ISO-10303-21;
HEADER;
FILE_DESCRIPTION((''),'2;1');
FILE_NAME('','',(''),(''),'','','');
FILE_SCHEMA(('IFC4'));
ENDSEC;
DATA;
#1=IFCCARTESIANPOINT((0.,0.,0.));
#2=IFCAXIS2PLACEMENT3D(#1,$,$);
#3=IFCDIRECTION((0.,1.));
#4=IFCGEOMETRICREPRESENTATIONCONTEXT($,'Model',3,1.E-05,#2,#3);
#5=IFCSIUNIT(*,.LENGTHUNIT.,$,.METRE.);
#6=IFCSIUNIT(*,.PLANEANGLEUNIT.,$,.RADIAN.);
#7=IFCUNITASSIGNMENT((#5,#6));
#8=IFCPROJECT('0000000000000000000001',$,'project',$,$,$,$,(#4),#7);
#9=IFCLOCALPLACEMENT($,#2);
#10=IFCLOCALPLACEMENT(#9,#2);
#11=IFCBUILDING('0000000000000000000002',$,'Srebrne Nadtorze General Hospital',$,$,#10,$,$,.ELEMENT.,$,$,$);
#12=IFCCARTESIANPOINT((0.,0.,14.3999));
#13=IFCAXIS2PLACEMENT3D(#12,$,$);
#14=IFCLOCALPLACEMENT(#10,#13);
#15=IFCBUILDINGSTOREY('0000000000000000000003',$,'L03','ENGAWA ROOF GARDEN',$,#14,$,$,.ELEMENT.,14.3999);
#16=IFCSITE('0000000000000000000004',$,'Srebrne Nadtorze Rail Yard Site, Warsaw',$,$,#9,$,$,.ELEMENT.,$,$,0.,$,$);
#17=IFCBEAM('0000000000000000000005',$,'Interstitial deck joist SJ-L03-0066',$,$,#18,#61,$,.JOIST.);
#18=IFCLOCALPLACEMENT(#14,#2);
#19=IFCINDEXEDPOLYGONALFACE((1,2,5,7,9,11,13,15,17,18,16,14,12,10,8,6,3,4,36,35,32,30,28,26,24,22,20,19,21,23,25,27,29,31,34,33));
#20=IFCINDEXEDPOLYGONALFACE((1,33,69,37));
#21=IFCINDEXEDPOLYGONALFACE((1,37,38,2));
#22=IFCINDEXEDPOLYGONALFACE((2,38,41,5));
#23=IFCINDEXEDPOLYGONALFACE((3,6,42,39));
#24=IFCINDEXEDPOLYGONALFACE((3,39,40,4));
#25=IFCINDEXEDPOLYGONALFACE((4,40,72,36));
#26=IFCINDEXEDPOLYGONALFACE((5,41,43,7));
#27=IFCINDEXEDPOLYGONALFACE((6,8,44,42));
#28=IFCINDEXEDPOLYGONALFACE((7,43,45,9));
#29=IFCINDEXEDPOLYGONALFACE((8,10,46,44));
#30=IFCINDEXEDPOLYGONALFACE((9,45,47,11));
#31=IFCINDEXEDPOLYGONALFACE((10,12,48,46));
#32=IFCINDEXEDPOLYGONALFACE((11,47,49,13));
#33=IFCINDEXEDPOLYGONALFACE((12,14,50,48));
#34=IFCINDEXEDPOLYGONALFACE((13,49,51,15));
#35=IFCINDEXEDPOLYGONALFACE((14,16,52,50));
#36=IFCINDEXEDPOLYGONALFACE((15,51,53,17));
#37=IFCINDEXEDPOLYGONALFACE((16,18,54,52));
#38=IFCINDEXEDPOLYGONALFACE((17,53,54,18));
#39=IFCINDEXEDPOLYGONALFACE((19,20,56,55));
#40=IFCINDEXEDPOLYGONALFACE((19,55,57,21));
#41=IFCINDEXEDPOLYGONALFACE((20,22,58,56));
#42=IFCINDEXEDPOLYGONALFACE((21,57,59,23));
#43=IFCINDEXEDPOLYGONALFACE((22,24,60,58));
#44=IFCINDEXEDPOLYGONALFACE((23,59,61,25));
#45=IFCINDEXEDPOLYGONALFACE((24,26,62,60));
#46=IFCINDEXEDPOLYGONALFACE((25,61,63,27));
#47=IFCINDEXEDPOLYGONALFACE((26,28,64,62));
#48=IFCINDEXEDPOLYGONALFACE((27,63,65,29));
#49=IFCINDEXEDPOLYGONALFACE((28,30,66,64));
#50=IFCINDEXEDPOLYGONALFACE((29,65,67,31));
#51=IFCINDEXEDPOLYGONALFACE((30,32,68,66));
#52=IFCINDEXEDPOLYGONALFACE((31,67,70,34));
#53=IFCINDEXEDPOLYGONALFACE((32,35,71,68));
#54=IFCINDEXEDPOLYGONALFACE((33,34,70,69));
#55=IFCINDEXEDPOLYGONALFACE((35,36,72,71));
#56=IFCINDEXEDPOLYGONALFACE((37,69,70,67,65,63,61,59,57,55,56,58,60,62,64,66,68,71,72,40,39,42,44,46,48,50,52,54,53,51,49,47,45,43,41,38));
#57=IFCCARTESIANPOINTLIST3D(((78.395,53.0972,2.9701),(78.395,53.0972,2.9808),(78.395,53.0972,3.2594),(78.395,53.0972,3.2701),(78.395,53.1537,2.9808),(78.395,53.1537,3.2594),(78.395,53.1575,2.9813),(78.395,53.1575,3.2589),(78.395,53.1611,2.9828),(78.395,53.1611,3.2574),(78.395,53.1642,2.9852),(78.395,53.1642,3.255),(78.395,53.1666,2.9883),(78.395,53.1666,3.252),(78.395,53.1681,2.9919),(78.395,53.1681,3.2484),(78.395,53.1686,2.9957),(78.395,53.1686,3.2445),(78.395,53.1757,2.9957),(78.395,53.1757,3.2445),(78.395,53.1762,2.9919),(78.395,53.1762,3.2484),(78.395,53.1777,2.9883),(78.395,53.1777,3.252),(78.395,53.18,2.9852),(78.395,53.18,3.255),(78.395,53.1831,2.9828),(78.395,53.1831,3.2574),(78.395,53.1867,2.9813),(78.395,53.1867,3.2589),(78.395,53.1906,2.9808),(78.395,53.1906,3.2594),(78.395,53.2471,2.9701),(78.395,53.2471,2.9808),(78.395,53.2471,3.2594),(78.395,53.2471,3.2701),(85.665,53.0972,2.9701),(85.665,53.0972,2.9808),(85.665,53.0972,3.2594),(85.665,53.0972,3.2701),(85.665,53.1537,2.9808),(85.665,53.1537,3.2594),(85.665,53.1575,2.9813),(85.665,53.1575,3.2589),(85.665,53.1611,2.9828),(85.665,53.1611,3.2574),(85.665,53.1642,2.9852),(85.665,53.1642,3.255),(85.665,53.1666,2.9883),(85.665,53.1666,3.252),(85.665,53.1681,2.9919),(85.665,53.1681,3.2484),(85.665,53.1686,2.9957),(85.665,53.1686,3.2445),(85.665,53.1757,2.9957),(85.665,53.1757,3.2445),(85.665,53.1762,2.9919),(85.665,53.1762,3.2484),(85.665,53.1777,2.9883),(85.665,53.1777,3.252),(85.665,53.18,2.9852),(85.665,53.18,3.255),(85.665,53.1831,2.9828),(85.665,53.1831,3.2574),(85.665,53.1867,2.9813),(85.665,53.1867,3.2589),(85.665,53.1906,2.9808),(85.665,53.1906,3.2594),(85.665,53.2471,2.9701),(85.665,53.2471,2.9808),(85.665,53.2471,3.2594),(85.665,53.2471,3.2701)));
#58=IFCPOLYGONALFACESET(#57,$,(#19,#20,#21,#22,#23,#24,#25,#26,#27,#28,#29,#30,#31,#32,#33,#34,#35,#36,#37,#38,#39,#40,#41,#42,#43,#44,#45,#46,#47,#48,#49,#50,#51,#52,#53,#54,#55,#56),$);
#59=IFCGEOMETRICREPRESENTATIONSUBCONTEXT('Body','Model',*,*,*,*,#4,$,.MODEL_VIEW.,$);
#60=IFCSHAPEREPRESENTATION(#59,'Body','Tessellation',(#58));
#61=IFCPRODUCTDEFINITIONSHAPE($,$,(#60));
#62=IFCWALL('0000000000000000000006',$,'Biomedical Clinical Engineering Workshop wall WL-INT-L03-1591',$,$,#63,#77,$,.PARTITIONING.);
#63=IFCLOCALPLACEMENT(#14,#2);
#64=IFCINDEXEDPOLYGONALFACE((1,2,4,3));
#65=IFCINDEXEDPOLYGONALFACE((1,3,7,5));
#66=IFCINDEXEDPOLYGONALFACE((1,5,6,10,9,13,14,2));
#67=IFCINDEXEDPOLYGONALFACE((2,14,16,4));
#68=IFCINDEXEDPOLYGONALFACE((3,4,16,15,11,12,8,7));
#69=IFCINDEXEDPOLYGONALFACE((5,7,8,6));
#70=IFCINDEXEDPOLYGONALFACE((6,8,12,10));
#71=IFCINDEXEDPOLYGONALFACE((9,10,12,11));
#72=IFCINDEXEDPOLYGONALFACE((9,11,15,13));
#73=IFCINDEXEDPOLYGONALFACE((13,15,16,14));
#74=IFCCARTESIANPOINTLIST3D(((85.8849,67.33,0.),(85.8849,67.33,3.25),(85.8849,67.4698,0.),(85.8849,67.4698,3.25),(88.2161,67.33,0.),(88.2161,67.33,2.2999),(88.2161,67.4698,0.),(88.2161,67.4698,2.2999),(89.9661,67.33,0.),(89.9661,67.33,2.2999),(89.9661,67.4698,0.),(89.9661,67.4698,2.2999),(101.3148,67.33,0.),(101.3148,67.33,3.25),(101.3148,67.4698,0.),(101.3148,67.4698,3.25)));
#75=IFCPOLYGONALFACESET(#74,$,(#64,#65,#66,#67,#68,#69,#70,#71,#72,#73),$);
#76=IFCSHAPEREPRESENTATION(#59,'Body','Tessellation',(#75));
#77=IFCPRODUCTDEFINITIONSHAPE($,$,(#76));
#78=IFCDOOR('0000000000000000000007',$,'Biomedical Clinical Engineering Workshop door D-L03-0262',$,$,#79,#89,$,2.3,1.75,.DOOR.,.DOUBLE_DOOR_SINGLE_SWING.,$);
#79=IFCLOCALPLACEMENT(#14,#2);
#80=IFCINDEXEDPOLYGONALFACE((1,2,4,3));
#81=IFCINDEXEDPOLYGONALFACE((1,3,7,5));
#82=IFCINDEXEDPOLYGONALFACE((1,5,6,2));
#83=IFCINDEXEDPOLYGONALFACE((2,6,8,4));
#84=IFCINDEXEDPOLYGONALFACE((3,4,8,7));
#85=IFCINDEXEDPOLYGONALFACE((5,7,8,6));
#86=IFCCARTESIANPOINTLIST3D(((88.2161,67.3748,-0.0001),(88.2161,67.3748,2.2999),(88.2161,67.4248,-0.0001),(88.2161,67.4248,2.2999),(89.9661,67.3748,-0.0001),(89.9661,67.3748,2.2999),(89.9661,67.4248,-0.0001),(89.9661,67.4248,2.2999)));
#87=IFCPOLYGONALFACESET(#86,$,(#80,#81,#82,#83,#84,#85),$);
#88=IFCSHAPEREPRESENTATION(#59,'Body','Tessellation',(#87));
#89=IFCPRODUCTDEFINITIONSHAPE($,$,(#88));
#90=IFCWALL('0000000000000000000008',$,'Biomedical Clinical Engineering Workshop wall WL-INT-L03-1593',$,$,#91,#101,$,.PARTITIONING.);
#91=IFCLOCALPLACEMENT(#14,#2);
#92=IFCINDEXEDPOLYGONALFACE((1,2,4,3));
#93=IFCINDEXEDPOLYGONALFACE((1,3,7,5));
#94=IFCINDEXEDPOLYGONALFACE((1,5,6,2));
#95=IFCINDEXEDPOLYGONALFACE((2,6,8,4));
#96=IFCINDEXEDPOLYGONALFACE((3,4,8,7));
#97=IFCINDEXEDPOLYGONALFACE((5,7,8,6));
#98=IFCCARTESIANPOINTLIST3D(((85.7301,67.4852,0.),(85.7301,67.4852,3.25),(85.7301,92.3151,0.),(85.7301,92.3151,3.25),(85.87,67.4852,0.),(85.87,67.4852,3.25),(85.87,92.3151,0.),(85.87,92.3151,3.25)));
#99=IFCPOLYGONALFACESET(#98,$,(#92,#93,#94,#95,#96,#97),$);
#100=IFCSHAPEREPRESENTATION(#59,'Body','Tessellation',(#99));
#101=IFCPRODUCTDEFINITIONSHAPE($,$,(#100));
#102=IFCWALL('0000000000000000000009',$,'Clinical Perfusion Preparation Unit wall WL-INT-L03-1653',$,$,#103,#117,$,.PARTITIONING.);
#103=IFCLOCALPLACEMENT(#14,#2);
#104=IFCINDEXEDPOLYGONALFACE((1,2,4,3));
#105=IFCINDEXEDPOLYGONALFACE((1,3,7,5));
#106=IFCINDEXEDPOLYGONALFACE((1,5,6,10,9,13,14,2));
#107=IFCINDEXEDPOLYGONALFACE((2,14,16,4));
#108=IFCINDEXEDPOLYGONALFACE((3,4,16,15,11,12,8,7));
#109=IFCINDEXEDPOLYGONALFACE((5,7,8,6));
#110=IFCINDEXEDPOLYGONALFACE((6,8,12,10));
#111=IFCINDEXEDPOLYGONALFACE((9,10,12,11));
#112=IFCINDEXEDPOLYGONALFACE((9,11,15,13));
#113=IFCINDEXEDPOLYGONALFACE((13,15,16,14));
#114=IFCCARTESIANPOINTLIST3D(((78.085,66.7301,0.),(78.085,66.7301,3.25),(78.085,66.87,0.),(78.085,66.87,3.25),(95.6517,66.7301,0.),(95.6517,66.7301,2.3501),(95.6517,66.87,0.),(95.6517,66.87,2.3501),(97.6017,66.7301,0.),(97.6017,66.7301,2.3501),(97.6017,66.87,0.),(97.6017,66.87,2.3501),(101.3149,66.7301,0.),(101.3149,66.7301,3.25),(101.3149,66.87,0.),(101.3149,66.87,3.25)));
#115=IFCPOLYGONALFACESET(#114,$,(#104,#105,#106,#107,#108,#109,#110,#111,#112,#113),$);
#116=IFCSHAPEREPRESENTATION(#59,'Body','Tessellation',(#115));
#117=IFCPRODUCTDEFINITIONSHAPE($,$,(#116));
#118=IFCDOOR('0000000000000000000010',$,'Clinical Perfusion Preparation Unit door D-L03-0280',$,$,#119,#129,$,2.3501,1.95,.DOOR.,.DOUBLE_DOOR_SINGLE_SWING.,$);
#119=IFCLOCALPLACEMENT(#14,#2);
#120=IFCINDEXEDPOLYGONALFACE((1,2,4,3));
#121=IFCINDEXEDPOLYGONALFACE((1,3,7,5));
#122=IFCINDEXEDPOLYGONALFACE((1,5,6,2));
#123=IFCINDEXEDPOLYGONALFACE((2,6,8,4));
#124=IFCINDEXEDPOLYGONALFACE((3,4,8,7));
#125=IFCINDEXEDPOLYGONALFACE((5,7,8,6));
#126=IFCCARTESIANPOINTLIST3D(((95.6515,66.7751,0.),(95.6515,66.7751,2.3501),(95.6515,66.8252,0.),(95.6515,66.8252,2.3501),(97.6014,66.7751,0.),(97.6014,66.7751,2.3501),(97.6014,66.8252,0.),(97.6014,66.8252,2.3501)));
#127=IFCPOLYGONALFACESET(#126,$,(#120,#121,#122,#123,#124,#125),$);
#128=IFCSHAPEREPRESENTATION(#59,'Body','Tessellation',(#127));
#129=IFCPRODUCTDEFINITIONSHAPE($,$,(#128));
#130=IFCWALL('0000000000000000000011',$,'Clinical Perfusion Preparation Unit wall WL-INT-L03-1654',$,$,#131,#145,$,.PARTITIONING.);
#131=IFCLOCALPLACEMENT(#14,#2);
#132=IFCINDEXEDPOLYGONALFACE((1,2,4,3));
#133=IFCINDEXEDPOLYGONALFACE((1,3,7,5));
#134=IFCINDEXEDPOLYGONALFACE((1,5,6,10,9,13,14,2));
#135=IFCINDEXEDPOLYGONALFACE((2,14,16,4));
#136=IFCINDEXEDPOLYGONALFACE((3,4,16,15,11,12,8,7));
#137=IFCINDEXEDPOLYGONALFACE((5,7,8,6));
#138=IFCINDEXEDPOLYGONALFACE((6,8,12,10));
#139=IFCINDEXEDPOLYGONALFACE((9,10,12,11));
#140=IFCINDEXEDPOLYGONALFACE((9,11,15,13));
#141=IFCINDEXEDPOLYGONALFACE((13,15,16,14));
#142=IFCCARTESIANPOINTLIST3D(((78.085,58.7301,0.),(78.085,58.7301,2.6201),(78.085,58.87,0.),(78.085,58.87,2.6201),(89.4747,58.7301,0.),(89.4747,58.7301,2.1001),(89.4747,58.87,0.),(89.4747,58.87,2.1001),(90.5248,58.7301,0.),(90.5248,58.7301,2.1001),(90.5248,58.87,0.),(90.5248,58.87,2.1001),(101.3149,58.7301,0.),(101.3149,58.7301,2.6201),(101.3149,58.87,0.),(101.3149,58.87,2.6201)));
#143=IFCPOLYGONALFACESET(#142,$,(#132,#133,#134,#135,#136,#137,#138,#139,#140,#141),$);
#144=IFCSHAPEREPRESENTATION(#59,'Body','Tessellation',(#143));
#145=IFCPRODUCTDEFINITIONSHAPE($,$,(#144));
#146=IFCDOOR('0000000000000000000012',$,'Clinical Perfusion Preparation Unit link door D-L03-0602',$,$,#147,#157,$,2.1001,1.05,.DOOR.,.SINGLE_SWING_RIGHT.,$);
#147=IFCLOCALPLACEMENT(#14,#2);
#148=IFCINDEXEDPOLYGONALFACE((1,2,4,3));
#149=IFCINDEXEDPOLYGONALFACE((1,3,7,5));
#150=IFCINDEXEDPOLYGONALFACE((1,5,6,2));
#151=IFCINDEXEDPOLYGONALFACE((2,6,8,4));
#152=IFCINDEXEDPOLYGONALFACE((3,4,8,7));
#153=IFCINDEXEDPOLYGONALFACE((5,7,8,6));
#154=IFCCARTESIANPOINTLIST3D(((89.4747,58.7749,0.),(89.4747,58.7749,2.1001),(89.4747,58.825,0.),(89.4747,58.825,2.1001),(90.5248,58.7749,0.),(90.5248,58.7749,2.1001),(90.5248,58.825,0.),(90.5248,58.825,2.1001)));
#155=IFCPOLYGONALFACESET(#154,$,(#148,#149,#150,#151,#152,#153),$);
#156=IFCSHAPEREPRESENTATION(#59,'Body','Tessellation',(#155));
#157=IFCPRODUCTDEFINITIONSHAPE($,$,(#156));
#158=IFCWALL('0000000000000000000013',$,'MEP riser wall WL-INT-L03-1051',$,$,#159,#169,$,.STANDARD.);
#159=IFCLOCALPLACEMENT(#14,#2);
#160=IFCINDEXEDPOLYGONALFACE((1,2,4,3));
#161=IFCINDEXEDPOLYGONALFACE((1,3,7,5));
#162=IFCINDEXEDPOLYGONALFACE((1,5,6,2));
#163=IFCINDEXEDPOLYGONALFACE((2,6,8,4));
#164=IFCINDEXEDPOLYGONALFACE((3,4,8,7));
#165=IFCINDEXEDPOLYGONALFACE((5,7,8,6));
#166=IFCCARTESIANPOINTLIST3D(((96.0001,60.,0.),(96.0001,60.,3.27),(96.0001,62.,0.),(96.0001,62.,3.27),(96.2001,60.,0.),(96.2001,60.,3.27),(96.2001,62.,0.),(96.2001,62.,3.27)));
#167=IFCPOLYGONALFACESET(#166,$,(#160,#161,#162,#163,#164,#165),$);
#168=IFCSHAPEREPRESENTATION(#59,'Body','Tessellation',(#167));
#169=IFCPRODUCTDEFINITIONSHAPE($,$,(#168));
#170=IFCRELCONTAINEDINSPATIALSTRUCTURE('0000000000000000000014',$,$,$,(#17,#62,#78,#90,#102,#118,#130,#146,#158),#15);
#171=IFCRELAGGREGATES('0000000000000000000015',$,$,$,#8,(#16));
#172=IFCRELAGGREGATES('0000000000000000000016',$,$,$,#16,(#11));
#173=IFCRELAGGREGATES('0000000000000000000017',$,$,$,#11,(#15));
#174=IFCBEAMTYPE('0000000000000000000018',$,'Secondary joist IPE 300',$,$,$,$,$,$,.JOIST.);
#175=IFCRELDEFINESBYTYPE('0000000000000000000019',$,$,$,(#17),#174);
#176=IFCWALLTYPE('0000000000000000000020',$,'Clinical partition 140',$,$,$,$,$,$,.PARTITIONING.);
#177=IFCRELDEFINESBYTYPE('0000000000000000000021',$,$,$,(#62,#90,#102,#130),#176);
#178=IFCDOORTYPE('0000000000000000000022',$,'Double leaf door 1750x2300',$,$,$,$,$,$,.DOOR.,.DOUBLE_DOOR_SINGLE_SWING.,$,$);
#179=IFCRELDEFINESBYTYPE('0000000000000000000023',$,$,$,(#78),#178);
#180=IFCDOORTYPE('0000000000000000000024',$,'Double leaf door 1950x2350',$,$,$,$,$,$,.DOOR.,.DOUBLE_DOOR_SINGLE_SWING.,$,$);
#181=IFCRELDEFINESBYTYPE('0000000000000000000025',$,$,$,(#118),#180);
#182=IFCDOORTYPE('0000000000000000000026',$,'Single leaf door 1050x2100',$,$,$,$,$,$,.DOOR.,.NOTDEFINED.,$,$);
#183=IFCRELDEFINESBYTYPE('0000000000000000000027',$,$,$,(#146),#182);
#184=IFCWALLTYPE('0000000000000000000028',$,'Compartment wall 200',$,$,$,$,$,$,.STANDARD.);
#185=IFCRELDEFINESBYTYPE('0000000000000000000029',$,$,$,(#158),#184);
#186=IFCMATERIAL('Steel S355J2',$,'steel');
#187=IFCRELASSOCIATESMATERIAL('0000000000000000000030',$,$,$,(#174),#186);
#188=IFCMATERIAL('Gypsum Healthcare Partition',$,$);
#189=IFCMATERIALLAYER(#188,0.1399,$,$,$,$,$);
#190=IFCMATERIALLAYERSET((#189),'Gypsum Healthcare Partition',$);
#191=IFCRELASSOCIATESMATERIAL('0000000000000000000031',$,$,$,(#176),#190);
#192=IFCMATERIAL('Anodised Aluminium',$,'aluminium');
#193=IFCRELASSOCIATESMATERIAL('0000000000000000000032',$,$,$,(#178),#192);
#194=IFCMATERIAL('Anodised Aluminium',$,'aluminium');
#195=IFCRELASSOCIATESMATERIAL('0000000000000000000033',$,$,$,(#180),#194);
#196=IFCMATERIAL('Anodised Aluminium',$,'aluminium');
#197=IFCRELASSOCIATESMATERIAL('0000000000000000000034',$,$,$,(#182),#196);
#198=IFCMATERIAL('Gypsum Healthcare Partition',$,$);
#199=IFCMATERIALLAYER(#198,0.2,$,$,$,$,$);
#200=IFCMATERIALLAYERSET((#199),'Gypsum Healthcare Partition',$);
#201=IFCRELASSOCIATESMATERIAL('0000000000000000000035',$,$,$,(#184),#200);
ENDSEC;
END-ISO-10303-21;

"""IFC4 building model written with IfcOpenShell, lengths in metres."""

from ifc_helpers import new_model, si_unit, direction, frame, frame_2d, origin, origin_2d, place, context, subcontext, project, spatial, rectangle, i_section, extrude, material, layer, layer_set, material_profile, profile_set, type_object, element, fill, save


model = new_model("IFC4")

# Units and contexts
model_context = context("Model", 3, precision=1e-05, world=origin(), true_north=direction((0.0, 1.0)))
body_context = subcontext(model_context, "Body", "Model", "MODEL_VIEW")
ifc_project = project(units=[si_unit("LENGTHUNIT", "METRE"), si_unit("PLANEANGLEUNIT", "RADIAN")], contexts=[model_context])

# Site, building, storey
site_placement = place(None, origin())
site = spatial("IfcSite", under=ifc_project, at=site_placement, Name="Srebrne Nadtorze Rail Yard Site, Warsaw", CompositionType="ELEMENT", RefElevation=0.0)
building_placement = place(site_placement, origin())
building = spatial("IfcBuilding", under=site, at=building_placement, Name="Srebrne Nadtorze General Hospital", CompositionType="ELEMENT")
storey_placement = place(building_placement, frame((0.0, 0.0, 14.3999)))
storey = spatial("IfcBuildingStorey", under=building, at=storey_placement, Name="L03", Description="ENGAWA ROOF GARDEN", CompositionType="ELEMENT", Elevation=14.3999)

# Beam
ifc_material_1 = material(Name="Steel S355J2", Category="steel")
ifc_material_profile_1 = material_profile(ifc_material_1, i_section(OverallWidth=0.1499, OverallDepth=0.3, WebThickness=0.0071, FlangeThickness=0.0107, FilletRadius=0.0149, at=origin_2d()), Name="IPE-300")
ifc_profile_set_1 = profile_set([ifc_material_profile_1], Name="Steel S355J2")
beam_type_1 = type_object("IfcBeamType", Name="Secondary joist IPE 300", PredefinedType="JOIST", material=ifc_profile_set_1)
beam_1_placement = place(storey_placement, frame((78.395, 53.1721, 3.1201), z_axis=(1.0, 0.0, 0.0), x_axis=(0.0, 1.0, 0.0)))
element("IfcBeam", 1, at=beam_1_placement, inside=storey, type_object=beam_type_1, Name="Interstitial deck joist SJ-L03-0066", PredefinedType="JOIST", context=body_context, shape_type="SweptSolid", body=[
    extrude(i_section(OverallWidth=0.1499, OverallDepth=0.3, WebThickness=0.0071, FlangeThickness=0.0107, FilletRadius=0.0149, at=origin_2d()), origin(), (0.0, 0.0, 1.0), 7.27),
])

# Wall, opening, door
ifc_material_2 = material(Name="Gypsum Healthcare Partition")
ifc_layer_1 = layer(ifc_material_2, 0.1399)
ifc_layer_set_1 = layer_set([ifc_layer_1], Name="Gypsum Healthcare Partition")
wall_type_1 = type_object("IfcWallType", Name="Clinical partition 140", PredefinedType="PARTITIONING", material=ifc_layer_set_1)
wall_1_placement = place(storey_placement, frame((85.885, 67.3999, 0.0), z_axis=(0.0, 0.0, 1.0), x_axis=(1.0, 0.0, 0.0)))
wall_1 = element("IfcWall", 2, at=wall_1_placement, inside=storey, type_object=wall_type_1, Name="Biomedical Clinical Engineering Workshop wall WL-INT-L03-1591", PredefinedType="PARTITIONING", context=body_context, shape_type="SweptSolid", body=[
    extrude(rectangle(XDim=15.4299, YDim=0.1399, at=frame_2d((7.7148, 0.0))), origin(), (0.0, 0.0, 1.0), 3.25),
])
opening_1_placement = place(wall_1_placement, frame((2.3311, 0.0, 0.0)))
opening_1 = element("IfcOpeningElement", 3, at=opening_1_placement, cuts=wall_1, PredefinedType="OPENING", context=body_context, shape_type="SweptSolid", body=[
    extrude(rectangle(XDim=1.75, YDim=2.3, at=frame_2d((0.875, 1.1499))), frame((0.0, 0.082, 0.0), z_axis=(0.0, -1.0, 0.0), x_axis=(1.0, 0.0, 0.0)), (0.0, 0.0, 1.0), 0.1638),
])
ifc_material_3 = material(Name="Anodised Aluminium", Category="aluminium")
door_type_1 = type_object("IfcDoorType", Name="Double leaf door 1750x2300", OperationType="DOUBLE_DOOR_SINGLE_SWING", PredefinedType="DOOR", material=ifc_material_3)
door_1_placement = place(opening_1_placement, origin())
door_1 = element("IfcDoor", 4, at=door_1_placement, inside=storey, type_object=door_type_1, Name="Biomedical Clinical Engineering Workshop door D-L03-0262", OperationType="DOUBLE_DOOR_SINGLE_SWING", OverallHeight=2.3, OverallWidth=1.75, PredefinedType="DOOR", context=body_context, shape_type="SweptSolid", body=[
    extrude(rectangle(XDim=1.75, YDim=2.3, at=frame_2d((0.875, 1.1499))), frame((0.0, 0.0249, 0.0), z_axis=(0.0, -1.0, 0.0), x_axis=(1.0, 0.0, 0.0)), (0.0, 0.0, 1.0), 0.05),
])
fill(opening_1, door_1)

# Wall
wall_2_placement = place(storey_placement, frame((85.8, 67.4851, 0.0), z_axis=(0.0, 0.0, 1.0), x_axis=(0.0, 1.0, 0.0)))
element("IfcWall", 5, at=wall_2_placement, inside=storey, type_object=wall_type_1, Name="Biomedical Clinical Engineering Workshop wall WL-INT-L03-1593", PredefinedType="PARTITIONING", context=body_context, shape_type="SweptSolid", body=[
    extrude(rectangle(XDim=24.8298, YDim=0.1399, at=frame_2d((12.415, 0.0))), origin(), (0.0, 0.0, 1.0), 3.25),
])

# Walls, openings, doors
wall_3_placement = place(storey_placement, frame((78.085, 66.8, 0.0), z_axis=(0.0, 0.0, 1.0), x_axis=(1.0, 0.0, 0.0)))
wall_3 = element("IfcWall", 6, at=wall_3_placement, inside=storey, type_object=wall_type_1, Name="Clinical Perfusion Preparation Unit wall WL-INT-L03-1653", PredefinedType="PARTITIONING", context=body_context, shape_type="SweptSolid", body=[
    extrude(rectangle(XDim=23.23, YDim=0.1399, at=frame_2d((11.615, 0.0))), origin(), (0.0, 0.0, 1.0), 3.25),
])
opening_2_placement = place(wall_3_placement, frame((17.5667, 0.0, 0.0)))
opening_2 = element("IfcOpeningElement", 7, at=opening_2_placement, cuts=wall_3, PredefinedType="OPENING", context=body_context, shape_type="SweptSolid", body=[
    extrude(rectangle(XDim=1.95, YDim=2.3501, at=frame_2d((0.9751, 1.175))), frame((0.0, 0.082, 0.0), z_axis=(0.0, -1.0, 0.0), x_axis=(1.0, 0.0, 0.0)), (0.0, 0.0, 1.0), 0.1638),
])
ifc_material_4 = material(Name="Anodised Aluminium", Category="aluminium")
door_type_2 = type_object("IfcDoorType", Name="Double leaf door 1950x2350", OperationType="DOUBLE_DOOR_SINGLE_SWING", PredefinedType="DOOR", material=ifc_material_4)
door_2_placement = place(opening_2_placement, frame((1.95, 0.0, 0.0), z_axis=(0.0, 0.0, 1.0), x_axis=(-1.0, 0.0, 0.0)))
door_2 = element("IfcDoor", 8, at=door_2_placement, inside=storey, type_object=door_type_2, Name="Clinical Perfusion Preparation Unit door D-L03-0280", OperationType="DOUBLE_DOOR_SINGLE_SWING", OverallHeight=2.3501, OverallWidth=1.95, PredefinedType="DOOR", context=body_context, shape_type="SweptSolid", body=[
    extrude(rectangle(XDim=1.95, YDim=2.3501, at=frame_2d((0.9751, 1.175))), frame((0.0, 0.0249, 0.0), z_axis=(0.0, -1.0, 0.0), x_axis=(1.0, 0.0, 0.0)), (0.0, 0.0, 1.0), 0.05),
])
fill(opening_2, door_2)
wall_4_placement = place(storey_placement, frame((78.085, 58.8, 0.0), z_axis=(0.0, 0.0, 1.0), x_axis=(1.0, 0.0, 0.0)))
wall_4 = element("IfcWall", 9, at=wall_4_placement, inside=storey, type_object=wall_type_1, Name="Clinical Perfusion Preparation Unit wall WL-INT-L03-1654", PredefinedType="PARTITIONING", context=body_context, shape_type="SweptSolid", body=[
    extrude(rectangle(XDim=23.23, YDim=0.1399, at=frame_2d((11.615, 0.0))), origin(), (0.0, 0.0, 1.0), 2.6201),
])
opening_3_placement = place(wall_4_placement, frame((11.3899, 0.0, 0.0)))
opening_3 = element("IfcOpeningElement", 10, at=opening_3_placement, cuts=wall_4, PredefinedType="OPENING", context=body_context, shape_type="SweptSolid", body=[
    extrude(rectangle(XDim=1.05, YDim=2.1001, at=frame_2d((0.5249, 1.05))), frame((0.0, 0.082, 0.0), z_axis=(0.0, -1.0, 0.0), x_axis=(1.0, 0.0, 0.0)), (0.0, 0.0, 1.0), 0.1638),
])
ifc_material_5 = material(Name="Anodised Aluminium", Category="aluminium")
door_type_3 = type_object("IfcDoorType", Name="Single leaf door 1050x2100", OperationType="NOTDEFINED", PredefinedType="DOOR", material=ifc_material_5)
door_3_placement = place(opening_3_placement, origin())
door_3 = element("IfcDoor", 11, at=door_3_placement, inside=storey, type_object=door_type_3, Name="Clinical Perfusion Preparation Unit link door D-L03-0602", OperationType="SINGLE_SWING_RIGHT", OverallHeight=2.1001, OverallWidth=1.05, PredefinedType="DOOR", context=body_context, shape_type="SweptSolid", body=[
    extrude(rectangle(XDim=1.05, YDim=2.1001, at=frame_2d((0.5249, 1.05))), frame((0.0, 0.0249, 0.0), z_axis=(0.0, -1.0, 0.0), x_axis=(1.0, 0.0, 0.0)), (0.0, 0.0, 1.0), 0.05),
])
fill(opening_3, door_3)

# Wall
ifc_material_6 = material(Name="Gypsum Healthcare Partition")
ifc_layer_2 = layer(ifc_material_6, 0.2)
ifc_layer_set_2 = layer_set([ifc_layer_2], Name="Gypsum Healthcare Partition")
wall_type_2 = type_object("IfcWallType", Name="Compartment wall 200", PredefinedType="STANDARD", material=ifc_layer_set_2)
for number, where, z_axis, x_axis, name in (
    (12, (96.1001, 60.0, 0.0), (0.0, 0.0, 1.0), (0.0, 1.0, 0.0), "MEP riser wall WL-INT-L03-1051"),
):
    element("IfcWall", number, at=place(storey_placement, frame(where, z_axis=z_axis, x_axis=x_axis)), inside=storey, type_object=wall_type_2, Name=name, PredefinedType="STANDARD", context=body_context, shape_type="SweptSolid", body=[
        extrude(rectangle(XDim=2.0, YDim=0.2, at=frame_2d((1.0, 0.0))), origin(), (0.0, 0.0, 1.0), 3.27),
    ])

save(model, "model.ifc")
